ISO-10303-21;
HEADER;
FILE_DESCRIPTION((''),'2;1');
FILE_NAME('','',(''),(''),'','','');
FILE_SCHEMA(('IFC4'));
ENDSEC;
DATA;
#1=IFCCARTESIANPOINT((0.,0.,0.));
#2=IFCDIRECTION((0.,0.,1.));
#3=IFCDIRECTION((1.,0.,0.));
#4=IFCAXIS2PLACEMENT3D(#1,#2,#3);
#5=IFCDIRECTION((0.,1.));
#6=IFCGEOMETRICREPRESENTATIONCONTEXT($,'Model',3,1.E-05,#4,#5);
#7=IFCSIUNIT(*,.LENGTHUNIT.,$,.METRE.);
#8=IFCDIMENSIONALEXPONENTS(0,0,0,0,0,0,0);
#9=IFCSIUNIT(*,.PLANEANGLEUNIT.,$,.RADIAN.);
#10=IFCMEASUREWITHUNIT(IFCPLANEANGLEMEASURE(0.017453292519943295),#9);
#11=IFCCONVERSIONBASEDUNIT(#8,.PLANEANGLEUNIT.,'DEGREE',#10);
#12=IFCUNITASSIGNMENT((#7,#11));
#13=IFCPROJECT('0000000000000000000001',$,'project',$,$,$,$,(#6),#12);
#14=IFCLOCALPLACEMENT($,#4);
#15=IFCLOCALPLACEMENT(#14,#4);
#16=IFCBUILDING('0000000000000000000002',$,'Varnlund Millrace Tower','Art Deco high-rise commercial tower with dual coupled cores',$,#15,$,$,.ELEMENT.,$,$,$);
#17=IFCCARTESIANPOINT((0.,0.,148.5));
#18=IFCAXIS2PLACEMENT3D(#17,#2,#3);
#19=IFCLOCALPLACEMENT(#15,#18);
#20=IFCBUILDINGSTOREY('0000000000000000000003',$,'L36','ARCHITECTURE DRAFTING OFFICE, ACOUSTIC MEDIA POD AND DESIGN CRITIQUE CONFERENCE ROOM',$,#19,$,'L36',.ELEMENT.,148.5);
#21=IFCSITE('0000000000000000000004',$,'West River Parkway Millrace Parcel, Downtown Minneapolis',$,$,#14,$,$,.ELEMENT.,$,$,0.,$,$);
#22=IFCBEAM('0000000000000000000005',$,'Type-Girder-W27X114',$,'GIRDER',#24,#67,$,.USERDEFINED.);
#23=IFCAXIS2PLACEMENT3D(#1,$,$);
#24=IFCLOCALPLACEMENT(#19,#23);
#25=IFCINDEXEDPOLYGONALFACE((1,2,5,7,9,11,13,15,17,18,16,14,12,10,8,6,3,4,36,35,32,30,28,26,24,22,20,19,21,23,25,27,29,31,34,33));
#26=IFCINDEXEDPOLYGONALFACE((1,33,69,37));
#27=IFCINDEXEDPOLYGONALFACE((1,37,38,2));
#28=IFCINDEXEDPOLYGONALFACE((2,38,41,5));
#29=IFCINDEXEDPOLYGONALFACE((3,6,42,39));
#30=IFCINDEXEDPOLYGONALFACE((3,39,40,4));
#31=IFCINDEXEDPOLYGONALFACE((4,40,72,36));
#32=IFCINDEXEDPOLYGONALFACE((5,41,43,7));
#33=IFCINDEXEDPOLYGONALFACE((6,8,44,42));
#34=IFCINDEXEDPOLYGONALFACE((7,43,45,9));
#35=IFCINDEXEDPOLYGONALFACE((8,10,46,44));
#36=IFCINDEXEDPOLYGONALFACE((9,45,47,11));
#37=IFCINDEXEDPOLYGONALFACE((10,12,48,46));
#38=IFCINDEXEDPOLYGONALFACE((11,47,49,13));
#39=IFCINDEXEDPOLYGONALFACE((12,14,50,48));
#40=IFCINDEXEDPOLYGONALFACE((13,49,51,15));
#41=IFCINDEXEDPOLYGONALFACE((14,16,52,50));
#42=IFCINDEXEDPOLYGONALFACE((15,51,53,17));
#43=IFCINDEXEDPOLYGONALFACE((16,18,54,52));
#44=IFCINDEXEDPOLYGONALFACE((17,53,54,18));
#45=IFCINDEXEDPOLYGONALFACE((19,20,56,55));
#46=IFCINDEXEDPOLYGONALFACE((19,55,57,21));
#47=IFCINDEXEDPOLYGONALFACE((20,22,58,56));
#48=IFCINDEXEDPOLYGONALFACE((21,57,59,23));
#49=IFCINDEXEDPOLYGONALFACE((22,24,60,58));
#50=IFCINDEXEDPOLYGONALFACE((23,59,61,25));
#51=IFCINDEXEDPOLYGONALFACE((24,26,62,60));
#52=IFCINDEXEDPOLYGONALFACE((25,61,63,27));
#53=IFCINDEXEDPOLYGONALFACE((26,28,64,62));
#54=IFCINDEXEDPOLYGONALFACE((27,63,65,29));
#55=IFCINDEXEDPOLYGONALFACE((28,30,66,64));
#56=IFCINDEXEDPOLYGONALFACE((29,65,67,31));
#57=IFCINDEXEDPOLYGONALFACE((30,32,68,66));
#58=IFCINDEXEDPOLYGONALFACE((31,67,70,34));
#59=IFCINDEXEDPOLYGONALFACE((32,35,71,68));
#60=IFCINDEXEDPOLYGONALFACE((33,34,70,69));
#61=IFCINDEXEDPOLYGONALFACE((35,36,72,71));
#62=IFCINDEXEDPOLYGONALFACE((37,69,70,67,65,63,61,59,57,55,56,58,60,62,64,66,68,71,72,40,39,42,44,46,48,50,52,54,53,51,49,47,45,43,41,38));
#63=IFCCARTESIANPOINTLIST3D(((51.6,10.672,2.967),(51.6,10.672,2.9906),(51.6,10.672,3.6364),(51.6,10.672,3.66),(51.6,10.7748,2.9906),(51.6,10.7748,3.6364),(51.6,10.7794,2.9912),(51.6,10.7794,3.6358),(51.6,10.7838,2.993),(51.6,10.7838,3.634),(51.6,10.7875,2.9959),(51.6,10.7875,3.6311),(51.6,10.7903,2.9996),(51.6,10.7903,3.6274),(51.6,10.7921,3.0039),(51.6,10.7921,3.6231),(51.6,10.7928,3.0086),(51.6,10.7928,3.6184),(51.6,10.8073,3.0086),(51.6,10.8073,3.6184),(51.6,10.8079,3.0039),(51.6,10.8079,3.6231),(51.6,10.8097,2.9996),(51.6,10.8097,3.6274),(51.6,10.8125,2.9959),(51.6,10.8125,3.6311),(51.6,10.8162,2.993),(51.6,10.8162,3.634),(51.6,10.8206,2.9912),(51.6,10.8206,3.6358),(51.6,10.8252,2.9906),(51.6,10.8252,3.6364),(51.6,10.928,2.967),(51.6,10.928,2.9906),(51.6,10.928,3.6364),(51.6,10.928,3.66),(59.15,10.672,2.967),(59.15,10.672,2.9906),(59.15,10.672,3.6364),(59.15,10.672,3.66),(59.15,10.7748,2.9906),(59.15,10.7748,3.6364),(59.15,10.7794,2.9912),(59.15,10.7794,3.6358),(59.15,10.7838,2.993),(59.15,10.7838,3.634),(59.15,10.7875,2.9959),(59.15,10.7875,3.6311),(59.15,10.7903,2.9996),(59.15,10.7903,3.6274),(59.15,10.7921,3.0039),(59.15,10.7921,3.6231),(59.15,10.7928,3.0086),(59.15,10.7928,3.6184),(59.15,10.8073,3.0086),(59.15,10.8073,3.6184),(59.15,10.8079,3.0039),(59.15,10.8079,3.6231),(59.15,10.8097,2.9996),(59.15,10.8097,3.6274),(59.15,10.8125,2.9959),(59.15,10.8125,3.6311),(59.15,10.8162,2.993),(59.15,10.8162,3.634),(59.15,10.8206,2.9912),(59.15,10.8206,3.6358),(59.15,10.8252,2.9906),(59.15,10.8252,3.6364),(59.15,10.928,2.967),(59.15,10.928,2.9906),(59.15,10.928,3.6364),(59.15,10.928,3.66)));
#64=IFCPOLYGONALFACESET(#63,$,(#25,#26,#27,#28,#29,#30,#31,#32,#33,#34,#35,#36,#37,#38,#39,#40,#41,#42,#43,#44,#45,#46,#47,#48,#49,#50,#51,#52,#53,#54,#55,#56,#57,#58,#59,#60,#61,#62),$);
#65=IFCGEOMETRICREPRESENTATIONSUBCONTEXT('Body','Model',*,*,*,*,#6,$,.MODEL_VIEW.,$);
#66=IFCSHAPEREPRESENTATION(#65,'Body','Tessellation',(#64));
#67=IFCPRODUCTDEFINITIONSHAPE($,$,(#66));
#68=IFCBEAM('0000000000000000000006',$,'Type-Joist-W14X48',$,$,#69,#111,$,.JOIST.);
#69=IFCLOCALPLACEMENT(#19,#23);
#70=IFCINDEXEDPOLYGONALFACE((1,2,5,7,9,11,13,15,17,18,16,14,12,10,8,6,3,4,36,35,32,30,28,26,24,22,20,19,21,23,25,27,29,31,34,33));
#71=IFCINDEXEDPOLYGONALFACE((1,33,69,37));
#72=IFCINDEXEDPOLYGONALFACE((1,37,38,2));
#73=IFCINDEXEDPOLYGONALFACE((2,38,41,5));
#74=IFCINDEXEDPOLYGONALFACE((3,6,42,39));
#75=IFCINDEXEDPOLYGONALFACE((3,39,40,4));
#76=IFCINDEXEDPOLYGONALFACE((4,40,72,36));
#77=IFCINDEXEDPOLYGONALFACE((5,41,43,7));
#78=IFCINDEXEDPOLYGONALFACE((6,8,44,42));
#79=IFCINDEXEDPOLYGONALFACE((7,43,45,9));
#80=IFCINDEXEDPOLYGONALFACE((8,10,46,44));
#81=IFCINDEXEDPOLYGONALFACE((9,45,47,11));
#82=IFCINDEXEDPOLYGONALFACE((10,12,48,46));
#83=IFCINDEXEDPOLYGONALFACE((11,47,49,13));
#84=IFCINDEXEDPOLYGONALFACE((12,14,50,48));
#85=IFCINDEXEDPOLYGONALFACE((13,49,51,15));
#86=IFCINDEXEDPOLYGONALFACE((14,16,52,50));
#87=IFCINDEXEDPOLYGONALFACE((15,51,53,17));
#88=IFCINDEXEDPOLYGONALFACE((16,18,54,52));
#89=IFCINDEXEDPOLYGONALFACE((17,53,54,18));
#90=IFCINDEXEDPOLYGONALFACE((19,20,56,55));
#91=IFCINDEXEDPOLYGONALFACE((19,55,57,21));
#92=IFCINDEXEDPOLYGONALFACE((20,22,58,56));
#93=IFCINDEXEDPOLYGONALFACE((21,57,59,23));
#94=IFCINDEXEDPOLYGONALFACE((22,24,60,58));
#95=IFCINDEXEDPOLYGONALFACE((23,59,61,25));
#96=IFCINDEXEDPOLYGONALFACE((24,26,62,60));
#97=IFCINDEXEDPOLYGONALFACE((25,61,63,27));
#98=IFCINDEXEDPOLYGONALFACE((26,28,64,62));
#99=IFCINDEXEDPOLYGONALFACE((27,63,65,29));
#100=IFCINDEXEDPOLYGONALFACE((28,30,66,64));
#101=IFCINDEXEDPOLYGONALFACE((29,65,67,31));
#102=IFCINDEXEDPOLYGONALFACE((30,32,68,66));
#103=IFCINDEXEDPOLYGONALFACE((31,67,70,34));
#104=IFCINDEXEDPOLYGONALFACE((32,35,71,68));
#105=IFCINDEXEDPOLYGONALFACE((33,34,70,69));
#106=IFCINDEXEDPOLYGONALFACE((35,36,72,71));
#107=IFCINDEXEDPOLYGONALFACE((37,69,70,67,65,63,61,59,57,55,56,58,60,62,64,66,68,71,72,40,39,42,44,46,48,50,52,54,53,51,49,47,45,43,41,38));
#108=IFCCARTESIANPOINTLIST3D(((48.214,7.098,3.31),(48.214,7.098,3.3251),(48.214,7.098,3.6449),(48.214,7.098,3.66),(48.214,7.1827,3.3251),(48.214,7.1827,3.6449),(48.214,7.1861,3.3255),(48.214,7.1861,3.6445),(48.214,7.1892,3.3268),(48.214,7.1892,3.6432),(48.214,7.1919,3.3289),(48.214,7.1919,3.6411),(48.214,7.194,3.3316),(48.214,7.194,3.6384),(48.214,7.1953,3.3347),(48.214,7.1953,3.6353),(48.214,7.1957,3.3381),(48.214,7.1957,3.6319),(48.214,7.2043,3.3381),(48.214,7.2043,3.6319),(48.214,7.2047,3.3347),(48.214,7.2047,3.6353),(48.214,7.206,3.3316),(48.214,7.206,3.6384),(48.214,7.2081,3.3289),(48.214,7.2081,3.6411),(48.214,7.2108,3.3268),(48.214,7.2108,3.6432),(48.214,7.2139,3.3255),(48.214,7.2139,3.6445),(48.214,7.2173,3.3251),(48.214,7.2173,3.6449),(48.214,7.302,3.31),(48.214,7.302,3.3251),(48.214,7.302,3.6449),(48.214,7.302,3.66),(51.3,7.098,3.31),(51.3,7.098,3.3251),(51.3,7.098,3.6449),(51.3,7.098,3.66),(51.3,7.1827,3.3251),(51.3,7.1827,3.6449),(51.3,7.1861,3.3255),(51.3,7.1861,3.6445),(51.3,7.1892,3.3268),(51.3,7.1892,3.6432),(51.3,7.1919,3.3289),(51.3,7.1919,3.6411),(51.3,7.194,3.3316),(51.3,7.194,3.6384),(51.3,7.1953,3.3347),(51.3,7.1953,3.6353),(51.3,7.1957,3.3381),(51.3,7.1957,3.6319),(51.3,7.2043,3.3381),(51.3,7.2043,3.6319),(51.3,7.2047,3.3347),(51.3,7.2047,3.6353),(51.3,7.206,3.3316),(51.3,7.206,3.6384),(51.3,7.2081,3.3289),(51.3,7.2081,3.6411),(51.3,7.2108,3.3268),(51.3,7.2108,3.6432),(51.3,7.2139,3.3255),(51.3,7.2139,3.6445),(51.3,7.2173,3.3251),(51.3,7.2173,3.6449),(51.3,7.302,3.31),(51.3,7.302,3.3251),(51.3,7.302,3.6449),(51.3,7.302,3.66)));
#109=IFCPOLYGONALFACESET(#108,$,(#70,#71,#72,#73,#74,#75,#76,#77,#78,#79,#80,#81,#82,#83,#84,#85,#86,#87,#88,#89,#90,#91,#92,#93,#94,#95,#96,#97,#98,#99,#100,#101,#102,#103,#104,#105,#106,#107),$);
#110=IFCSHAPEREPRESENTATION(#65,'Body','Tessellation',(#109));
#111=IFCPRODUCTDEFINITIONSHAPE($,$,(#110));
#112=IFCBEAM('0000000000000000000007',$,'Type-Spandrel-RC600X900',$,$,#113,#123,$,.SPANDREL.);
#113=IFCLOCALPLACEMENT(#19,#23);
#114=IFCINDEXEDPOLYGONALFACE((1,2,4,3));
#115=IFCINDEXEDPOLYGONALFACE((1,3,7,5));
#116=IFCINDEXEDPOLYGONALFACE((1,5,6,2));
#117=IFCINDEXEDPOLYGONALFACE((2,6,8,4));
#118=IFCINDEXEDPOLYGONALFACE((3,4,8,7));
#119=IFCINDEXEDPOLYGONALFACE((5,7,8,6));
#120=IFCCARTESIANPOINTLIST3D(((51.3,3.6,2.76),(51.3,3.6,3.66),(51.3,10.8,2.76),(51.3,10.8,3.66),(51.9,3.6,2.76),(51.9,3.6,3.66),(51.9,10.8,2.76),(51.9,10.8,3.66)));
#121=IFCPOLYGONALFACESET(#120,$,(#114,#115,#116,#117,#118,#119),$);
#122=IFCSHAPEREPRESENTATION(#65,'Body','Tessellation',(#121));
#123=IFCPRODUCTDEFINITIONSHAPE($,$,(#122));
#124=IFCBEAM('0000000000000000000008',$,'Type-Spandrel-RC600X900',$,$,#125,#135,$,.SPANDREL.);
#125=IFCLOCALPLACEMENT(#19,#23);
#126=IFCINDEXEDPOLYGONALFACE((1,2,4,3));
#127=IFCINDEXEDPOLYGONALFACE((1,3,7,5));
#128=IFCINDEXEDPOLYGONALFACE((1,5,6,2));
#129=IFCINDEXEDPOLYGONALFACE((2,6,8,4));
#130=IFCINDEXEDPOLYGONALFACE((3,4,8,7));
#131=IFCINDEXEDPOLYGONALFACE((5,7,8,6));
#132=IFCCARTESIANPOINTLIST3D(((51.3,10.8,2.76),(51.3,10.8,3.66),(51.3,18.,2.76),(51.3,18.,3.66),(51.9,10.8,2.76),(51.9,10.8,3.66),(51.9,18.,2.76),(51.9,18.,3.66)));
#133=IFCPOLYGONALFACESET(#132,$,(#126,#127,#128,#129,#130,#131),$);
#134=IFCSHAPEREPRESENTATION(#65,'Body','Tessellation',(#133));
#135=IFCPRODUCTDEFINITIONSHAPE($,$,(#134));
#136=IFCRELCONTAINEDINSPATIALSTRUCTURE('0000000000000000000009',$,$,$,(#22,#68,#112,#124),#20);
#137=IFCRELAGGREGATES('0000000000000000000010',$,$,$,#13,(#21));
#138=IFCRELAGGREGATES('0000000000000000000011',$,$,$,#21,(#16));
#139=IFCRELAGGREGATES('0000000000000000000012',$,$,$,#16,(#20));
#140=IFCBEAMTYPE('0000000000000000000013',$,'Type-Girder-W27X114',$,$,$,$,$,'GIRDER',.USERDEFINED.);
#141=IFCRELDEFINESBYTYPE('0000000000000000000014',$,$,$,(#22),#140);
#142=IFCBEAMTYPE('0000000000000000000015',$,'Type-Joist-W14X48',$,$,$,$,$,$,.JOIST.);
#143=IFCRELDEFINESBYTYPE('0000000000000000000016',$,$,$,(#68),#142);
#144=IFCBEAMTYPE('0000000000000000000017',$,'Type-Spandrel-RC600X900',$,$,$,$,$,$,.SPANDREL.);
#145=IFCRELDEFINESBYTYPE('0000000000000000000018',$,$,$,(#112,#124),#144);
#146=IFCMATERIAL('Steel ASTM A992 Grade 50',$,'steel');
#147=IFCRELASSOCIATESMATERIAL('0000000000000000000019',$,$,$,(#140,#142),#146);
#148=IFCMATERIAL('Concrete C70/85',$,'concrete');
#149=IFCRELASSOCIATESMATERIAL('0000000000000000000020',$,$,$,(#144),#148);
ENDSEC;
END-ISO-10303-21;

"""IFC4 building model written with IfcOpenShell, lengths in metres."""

from ifc_helpers import new_model, entity, si_unit, converted_unit, direction, frame, origin_with_axes, origin_2d_with_axis, place, context, subcontext, project, spatial, rectangle, i_section, extrude, material, material_profile, profile_set, type_object, element, save


model = new_model("IFC4")

# Units and contexts
model_context = context("Model", 3, precision=1e-05, world=origin_with_axes(), true_north=direction((0.0, 1.0)))
body_context = subcontext(model_context, "Body", "Model", "MODEL_VIEW")
ifc_project = project(units=[si_unit("LENGTHUNIT", "METRE"), converted_unit("PLANEANGLEUNIT", "DEGREE", entity("IfcPlaneAngleMeasure", 0.017453292519943295), si_unit("PLANEANGLEUNIT", "RADIAN"), dimensions=[0, 0, 0, 0, 0, 0, 0])], contexts=[model_context])

# Site, building, storey
site_placement = place(None, origin_with_axes())
site = spatial("IfcSite", under=ifc_project, at=site_placement, Name="West River Parkway Millrace Parcel, Downtown Minneapolis", CompositionType="ELEMENT", RefElevation=0.0)
building_placement = place(site_placement, origin_with_axes())
building = spatial("IfcBuilding", under=site, at=building_placement, Name="Varnlund Millrace Tower", Description="Art Deco high-rise commercial tower with dual coupled cores", CompositionType="ELEMENT")
storey_placement = place(building_placement, frame((0.0, 0.0, 148.5), z_axis=(0.0, 0.0, 1.0), x_axis=(1.0, 0.0, 0.0)))
storey = spatial("IfcBuildingStorey", under=building, at=storey_placement, Name="L36", Description="ARCHITECTURE DRAFTING OFFICE, ACOUSTIC MEDIA POD AND DESIGN CRITIQUE CONFERENCE ROOM", LongName="L36", CompositionType="ELEMENT", Elevation=148.5)

# Beams
ifc_material_1 = material(Name="Steel ASTM A992 Grade 50", Category="steel")
ifc_material_profile_1 = material_profile(ifc_material_1, i_section(OverallWidth=0.256, OverallDepth=0.693, WebThickness=0.0145, FlangeThickness=0.0236, FilletRadius=0.018, at=origin_2d_with_axis()), Name="Steel ASTM A992 Grade 50")
ifc_profile_set_1 = profile_set([ifc_material_profile_1], Name="Steel ASTM A992 Grade 50")
beam_type_1 = type_object("IfcBeamType", Name="Type-Girder-W27X114", ElementType="GIRDER", PredefinedType="USERDEFINED", material=ifc_profile_set_1)
beam_1_placement = place(storey_placement, frame((51.6, 10.8, 3.3135), z_axis=(1.0, 0.0, 0.0), x_axis=(0.0, 1.0, 0.0)))
element("IfcBeam", 1, at=beam_1_placement, inside=storey, type_object=beam_type_1, Name="Type-Girder-W27X114", ObjectType="GIRDER", PredefinedType="USERDEFINED", context=body_context, shape_type="SweptSolid", body=[
    extrude(i_section(OverallWidth=0.256, OverallDepth=0.693, WebThickness=0.0145, FlangeThickness=0.0236, FilletRadius=0.018, at=origin_2d_with_axis()), origin_with_axes(), (0.0, 0.0, 1.0), 7.55),
])
ifc_material_profile_2 = material_profile(ifc_material_1, i_section(OverallWidth=0.204, OverallDepth=0.35, WebThickness=0.0086, FlangeThickness=0.0151, FilletRadius=0.013, at=origin_2d_with_axis()), Name="Steel ASTM A992 Grade 50")
ifc_profile_set_2 = profile_set([ifc_material_profile_2], Name="Steel ASTM A992 Grade 50")
beam_type_2 = type_object("IfcBeamType", Name="Type-Joist-W14X48", PredefinedType="JOIST", material=ifc_profile_set_2)
beam_2_placement = place(storey_placement, frame((48.214, 7.2, 3.485), z_axis=(1.0, 0.0, 0.0), x_axis=(0.0, 1.0, 0.0)))
element("IfcBeam", 2, at=beam_2_placement, inside=storey, type_object=beam_type_2, Name="Type-Joist-W14X48", PredefinedType="JOIST", context=body_context, shape_type="SweptSolid", body=[
    extrude(i_section(OverallWidth=0.204, OverallDepth=0.35, WebThickness=0.0086, FlangeThickness=0.0151, FilletRadius=0.013, at=origin_2d_with_axis()), origin_with_axes(), (0.0, 0.0, 1.0), 3.086),
])
ifc_material_2 = material(Name="Concrete C70/85", Category="concrete")
ifc_material_profile_3 = material_profile(ifc_material_2, rectangle(XDim=0.6, YDim=0.9, at=origin_2d_with_axis()), Name="Concrete C70/85")
ifc_profile_set_3 = profile_set([ifc_material_profile_3], Name="Concrete C70/85")
beam_type_3 = type_object("IfcBeamType", Name="Type-Spandrel-RC600X900", PredefinedType="SPANDREL", material=ifc_profile_set_3)
for number, where, z_axis, x_axis, name in (
    (3, (51.6, 3.6, 3.21), (0.0, 1.0, 0.0), (-1.0, 0.0, 0.0), "Type-Spandrel-RC600X900"),
    (4, (51.6, 10.8, 3.21), (0.0, 1.0, 0.0), (-1.0, 0.0, 0.0), "Type-Spandrel-RC600X900"),
):
    element("IfcBeam", number, at=place(storey_placement, frame(where, z_axis=z_axis, x_axis=x_axis)), inside=storey, type_object=beam_type_3, Name=name, PredefinedType="SPANDREL", context=body_context, shape_type="SweptSolid", body=[
        extrude(rectangle(XDim=0.6, YDim=0.9, at=origin_2d_with_axis()), origin_with_axes(), (0.0, 0.0, 1.0), 7.2),
    ])

save(model, "model.ifc")
